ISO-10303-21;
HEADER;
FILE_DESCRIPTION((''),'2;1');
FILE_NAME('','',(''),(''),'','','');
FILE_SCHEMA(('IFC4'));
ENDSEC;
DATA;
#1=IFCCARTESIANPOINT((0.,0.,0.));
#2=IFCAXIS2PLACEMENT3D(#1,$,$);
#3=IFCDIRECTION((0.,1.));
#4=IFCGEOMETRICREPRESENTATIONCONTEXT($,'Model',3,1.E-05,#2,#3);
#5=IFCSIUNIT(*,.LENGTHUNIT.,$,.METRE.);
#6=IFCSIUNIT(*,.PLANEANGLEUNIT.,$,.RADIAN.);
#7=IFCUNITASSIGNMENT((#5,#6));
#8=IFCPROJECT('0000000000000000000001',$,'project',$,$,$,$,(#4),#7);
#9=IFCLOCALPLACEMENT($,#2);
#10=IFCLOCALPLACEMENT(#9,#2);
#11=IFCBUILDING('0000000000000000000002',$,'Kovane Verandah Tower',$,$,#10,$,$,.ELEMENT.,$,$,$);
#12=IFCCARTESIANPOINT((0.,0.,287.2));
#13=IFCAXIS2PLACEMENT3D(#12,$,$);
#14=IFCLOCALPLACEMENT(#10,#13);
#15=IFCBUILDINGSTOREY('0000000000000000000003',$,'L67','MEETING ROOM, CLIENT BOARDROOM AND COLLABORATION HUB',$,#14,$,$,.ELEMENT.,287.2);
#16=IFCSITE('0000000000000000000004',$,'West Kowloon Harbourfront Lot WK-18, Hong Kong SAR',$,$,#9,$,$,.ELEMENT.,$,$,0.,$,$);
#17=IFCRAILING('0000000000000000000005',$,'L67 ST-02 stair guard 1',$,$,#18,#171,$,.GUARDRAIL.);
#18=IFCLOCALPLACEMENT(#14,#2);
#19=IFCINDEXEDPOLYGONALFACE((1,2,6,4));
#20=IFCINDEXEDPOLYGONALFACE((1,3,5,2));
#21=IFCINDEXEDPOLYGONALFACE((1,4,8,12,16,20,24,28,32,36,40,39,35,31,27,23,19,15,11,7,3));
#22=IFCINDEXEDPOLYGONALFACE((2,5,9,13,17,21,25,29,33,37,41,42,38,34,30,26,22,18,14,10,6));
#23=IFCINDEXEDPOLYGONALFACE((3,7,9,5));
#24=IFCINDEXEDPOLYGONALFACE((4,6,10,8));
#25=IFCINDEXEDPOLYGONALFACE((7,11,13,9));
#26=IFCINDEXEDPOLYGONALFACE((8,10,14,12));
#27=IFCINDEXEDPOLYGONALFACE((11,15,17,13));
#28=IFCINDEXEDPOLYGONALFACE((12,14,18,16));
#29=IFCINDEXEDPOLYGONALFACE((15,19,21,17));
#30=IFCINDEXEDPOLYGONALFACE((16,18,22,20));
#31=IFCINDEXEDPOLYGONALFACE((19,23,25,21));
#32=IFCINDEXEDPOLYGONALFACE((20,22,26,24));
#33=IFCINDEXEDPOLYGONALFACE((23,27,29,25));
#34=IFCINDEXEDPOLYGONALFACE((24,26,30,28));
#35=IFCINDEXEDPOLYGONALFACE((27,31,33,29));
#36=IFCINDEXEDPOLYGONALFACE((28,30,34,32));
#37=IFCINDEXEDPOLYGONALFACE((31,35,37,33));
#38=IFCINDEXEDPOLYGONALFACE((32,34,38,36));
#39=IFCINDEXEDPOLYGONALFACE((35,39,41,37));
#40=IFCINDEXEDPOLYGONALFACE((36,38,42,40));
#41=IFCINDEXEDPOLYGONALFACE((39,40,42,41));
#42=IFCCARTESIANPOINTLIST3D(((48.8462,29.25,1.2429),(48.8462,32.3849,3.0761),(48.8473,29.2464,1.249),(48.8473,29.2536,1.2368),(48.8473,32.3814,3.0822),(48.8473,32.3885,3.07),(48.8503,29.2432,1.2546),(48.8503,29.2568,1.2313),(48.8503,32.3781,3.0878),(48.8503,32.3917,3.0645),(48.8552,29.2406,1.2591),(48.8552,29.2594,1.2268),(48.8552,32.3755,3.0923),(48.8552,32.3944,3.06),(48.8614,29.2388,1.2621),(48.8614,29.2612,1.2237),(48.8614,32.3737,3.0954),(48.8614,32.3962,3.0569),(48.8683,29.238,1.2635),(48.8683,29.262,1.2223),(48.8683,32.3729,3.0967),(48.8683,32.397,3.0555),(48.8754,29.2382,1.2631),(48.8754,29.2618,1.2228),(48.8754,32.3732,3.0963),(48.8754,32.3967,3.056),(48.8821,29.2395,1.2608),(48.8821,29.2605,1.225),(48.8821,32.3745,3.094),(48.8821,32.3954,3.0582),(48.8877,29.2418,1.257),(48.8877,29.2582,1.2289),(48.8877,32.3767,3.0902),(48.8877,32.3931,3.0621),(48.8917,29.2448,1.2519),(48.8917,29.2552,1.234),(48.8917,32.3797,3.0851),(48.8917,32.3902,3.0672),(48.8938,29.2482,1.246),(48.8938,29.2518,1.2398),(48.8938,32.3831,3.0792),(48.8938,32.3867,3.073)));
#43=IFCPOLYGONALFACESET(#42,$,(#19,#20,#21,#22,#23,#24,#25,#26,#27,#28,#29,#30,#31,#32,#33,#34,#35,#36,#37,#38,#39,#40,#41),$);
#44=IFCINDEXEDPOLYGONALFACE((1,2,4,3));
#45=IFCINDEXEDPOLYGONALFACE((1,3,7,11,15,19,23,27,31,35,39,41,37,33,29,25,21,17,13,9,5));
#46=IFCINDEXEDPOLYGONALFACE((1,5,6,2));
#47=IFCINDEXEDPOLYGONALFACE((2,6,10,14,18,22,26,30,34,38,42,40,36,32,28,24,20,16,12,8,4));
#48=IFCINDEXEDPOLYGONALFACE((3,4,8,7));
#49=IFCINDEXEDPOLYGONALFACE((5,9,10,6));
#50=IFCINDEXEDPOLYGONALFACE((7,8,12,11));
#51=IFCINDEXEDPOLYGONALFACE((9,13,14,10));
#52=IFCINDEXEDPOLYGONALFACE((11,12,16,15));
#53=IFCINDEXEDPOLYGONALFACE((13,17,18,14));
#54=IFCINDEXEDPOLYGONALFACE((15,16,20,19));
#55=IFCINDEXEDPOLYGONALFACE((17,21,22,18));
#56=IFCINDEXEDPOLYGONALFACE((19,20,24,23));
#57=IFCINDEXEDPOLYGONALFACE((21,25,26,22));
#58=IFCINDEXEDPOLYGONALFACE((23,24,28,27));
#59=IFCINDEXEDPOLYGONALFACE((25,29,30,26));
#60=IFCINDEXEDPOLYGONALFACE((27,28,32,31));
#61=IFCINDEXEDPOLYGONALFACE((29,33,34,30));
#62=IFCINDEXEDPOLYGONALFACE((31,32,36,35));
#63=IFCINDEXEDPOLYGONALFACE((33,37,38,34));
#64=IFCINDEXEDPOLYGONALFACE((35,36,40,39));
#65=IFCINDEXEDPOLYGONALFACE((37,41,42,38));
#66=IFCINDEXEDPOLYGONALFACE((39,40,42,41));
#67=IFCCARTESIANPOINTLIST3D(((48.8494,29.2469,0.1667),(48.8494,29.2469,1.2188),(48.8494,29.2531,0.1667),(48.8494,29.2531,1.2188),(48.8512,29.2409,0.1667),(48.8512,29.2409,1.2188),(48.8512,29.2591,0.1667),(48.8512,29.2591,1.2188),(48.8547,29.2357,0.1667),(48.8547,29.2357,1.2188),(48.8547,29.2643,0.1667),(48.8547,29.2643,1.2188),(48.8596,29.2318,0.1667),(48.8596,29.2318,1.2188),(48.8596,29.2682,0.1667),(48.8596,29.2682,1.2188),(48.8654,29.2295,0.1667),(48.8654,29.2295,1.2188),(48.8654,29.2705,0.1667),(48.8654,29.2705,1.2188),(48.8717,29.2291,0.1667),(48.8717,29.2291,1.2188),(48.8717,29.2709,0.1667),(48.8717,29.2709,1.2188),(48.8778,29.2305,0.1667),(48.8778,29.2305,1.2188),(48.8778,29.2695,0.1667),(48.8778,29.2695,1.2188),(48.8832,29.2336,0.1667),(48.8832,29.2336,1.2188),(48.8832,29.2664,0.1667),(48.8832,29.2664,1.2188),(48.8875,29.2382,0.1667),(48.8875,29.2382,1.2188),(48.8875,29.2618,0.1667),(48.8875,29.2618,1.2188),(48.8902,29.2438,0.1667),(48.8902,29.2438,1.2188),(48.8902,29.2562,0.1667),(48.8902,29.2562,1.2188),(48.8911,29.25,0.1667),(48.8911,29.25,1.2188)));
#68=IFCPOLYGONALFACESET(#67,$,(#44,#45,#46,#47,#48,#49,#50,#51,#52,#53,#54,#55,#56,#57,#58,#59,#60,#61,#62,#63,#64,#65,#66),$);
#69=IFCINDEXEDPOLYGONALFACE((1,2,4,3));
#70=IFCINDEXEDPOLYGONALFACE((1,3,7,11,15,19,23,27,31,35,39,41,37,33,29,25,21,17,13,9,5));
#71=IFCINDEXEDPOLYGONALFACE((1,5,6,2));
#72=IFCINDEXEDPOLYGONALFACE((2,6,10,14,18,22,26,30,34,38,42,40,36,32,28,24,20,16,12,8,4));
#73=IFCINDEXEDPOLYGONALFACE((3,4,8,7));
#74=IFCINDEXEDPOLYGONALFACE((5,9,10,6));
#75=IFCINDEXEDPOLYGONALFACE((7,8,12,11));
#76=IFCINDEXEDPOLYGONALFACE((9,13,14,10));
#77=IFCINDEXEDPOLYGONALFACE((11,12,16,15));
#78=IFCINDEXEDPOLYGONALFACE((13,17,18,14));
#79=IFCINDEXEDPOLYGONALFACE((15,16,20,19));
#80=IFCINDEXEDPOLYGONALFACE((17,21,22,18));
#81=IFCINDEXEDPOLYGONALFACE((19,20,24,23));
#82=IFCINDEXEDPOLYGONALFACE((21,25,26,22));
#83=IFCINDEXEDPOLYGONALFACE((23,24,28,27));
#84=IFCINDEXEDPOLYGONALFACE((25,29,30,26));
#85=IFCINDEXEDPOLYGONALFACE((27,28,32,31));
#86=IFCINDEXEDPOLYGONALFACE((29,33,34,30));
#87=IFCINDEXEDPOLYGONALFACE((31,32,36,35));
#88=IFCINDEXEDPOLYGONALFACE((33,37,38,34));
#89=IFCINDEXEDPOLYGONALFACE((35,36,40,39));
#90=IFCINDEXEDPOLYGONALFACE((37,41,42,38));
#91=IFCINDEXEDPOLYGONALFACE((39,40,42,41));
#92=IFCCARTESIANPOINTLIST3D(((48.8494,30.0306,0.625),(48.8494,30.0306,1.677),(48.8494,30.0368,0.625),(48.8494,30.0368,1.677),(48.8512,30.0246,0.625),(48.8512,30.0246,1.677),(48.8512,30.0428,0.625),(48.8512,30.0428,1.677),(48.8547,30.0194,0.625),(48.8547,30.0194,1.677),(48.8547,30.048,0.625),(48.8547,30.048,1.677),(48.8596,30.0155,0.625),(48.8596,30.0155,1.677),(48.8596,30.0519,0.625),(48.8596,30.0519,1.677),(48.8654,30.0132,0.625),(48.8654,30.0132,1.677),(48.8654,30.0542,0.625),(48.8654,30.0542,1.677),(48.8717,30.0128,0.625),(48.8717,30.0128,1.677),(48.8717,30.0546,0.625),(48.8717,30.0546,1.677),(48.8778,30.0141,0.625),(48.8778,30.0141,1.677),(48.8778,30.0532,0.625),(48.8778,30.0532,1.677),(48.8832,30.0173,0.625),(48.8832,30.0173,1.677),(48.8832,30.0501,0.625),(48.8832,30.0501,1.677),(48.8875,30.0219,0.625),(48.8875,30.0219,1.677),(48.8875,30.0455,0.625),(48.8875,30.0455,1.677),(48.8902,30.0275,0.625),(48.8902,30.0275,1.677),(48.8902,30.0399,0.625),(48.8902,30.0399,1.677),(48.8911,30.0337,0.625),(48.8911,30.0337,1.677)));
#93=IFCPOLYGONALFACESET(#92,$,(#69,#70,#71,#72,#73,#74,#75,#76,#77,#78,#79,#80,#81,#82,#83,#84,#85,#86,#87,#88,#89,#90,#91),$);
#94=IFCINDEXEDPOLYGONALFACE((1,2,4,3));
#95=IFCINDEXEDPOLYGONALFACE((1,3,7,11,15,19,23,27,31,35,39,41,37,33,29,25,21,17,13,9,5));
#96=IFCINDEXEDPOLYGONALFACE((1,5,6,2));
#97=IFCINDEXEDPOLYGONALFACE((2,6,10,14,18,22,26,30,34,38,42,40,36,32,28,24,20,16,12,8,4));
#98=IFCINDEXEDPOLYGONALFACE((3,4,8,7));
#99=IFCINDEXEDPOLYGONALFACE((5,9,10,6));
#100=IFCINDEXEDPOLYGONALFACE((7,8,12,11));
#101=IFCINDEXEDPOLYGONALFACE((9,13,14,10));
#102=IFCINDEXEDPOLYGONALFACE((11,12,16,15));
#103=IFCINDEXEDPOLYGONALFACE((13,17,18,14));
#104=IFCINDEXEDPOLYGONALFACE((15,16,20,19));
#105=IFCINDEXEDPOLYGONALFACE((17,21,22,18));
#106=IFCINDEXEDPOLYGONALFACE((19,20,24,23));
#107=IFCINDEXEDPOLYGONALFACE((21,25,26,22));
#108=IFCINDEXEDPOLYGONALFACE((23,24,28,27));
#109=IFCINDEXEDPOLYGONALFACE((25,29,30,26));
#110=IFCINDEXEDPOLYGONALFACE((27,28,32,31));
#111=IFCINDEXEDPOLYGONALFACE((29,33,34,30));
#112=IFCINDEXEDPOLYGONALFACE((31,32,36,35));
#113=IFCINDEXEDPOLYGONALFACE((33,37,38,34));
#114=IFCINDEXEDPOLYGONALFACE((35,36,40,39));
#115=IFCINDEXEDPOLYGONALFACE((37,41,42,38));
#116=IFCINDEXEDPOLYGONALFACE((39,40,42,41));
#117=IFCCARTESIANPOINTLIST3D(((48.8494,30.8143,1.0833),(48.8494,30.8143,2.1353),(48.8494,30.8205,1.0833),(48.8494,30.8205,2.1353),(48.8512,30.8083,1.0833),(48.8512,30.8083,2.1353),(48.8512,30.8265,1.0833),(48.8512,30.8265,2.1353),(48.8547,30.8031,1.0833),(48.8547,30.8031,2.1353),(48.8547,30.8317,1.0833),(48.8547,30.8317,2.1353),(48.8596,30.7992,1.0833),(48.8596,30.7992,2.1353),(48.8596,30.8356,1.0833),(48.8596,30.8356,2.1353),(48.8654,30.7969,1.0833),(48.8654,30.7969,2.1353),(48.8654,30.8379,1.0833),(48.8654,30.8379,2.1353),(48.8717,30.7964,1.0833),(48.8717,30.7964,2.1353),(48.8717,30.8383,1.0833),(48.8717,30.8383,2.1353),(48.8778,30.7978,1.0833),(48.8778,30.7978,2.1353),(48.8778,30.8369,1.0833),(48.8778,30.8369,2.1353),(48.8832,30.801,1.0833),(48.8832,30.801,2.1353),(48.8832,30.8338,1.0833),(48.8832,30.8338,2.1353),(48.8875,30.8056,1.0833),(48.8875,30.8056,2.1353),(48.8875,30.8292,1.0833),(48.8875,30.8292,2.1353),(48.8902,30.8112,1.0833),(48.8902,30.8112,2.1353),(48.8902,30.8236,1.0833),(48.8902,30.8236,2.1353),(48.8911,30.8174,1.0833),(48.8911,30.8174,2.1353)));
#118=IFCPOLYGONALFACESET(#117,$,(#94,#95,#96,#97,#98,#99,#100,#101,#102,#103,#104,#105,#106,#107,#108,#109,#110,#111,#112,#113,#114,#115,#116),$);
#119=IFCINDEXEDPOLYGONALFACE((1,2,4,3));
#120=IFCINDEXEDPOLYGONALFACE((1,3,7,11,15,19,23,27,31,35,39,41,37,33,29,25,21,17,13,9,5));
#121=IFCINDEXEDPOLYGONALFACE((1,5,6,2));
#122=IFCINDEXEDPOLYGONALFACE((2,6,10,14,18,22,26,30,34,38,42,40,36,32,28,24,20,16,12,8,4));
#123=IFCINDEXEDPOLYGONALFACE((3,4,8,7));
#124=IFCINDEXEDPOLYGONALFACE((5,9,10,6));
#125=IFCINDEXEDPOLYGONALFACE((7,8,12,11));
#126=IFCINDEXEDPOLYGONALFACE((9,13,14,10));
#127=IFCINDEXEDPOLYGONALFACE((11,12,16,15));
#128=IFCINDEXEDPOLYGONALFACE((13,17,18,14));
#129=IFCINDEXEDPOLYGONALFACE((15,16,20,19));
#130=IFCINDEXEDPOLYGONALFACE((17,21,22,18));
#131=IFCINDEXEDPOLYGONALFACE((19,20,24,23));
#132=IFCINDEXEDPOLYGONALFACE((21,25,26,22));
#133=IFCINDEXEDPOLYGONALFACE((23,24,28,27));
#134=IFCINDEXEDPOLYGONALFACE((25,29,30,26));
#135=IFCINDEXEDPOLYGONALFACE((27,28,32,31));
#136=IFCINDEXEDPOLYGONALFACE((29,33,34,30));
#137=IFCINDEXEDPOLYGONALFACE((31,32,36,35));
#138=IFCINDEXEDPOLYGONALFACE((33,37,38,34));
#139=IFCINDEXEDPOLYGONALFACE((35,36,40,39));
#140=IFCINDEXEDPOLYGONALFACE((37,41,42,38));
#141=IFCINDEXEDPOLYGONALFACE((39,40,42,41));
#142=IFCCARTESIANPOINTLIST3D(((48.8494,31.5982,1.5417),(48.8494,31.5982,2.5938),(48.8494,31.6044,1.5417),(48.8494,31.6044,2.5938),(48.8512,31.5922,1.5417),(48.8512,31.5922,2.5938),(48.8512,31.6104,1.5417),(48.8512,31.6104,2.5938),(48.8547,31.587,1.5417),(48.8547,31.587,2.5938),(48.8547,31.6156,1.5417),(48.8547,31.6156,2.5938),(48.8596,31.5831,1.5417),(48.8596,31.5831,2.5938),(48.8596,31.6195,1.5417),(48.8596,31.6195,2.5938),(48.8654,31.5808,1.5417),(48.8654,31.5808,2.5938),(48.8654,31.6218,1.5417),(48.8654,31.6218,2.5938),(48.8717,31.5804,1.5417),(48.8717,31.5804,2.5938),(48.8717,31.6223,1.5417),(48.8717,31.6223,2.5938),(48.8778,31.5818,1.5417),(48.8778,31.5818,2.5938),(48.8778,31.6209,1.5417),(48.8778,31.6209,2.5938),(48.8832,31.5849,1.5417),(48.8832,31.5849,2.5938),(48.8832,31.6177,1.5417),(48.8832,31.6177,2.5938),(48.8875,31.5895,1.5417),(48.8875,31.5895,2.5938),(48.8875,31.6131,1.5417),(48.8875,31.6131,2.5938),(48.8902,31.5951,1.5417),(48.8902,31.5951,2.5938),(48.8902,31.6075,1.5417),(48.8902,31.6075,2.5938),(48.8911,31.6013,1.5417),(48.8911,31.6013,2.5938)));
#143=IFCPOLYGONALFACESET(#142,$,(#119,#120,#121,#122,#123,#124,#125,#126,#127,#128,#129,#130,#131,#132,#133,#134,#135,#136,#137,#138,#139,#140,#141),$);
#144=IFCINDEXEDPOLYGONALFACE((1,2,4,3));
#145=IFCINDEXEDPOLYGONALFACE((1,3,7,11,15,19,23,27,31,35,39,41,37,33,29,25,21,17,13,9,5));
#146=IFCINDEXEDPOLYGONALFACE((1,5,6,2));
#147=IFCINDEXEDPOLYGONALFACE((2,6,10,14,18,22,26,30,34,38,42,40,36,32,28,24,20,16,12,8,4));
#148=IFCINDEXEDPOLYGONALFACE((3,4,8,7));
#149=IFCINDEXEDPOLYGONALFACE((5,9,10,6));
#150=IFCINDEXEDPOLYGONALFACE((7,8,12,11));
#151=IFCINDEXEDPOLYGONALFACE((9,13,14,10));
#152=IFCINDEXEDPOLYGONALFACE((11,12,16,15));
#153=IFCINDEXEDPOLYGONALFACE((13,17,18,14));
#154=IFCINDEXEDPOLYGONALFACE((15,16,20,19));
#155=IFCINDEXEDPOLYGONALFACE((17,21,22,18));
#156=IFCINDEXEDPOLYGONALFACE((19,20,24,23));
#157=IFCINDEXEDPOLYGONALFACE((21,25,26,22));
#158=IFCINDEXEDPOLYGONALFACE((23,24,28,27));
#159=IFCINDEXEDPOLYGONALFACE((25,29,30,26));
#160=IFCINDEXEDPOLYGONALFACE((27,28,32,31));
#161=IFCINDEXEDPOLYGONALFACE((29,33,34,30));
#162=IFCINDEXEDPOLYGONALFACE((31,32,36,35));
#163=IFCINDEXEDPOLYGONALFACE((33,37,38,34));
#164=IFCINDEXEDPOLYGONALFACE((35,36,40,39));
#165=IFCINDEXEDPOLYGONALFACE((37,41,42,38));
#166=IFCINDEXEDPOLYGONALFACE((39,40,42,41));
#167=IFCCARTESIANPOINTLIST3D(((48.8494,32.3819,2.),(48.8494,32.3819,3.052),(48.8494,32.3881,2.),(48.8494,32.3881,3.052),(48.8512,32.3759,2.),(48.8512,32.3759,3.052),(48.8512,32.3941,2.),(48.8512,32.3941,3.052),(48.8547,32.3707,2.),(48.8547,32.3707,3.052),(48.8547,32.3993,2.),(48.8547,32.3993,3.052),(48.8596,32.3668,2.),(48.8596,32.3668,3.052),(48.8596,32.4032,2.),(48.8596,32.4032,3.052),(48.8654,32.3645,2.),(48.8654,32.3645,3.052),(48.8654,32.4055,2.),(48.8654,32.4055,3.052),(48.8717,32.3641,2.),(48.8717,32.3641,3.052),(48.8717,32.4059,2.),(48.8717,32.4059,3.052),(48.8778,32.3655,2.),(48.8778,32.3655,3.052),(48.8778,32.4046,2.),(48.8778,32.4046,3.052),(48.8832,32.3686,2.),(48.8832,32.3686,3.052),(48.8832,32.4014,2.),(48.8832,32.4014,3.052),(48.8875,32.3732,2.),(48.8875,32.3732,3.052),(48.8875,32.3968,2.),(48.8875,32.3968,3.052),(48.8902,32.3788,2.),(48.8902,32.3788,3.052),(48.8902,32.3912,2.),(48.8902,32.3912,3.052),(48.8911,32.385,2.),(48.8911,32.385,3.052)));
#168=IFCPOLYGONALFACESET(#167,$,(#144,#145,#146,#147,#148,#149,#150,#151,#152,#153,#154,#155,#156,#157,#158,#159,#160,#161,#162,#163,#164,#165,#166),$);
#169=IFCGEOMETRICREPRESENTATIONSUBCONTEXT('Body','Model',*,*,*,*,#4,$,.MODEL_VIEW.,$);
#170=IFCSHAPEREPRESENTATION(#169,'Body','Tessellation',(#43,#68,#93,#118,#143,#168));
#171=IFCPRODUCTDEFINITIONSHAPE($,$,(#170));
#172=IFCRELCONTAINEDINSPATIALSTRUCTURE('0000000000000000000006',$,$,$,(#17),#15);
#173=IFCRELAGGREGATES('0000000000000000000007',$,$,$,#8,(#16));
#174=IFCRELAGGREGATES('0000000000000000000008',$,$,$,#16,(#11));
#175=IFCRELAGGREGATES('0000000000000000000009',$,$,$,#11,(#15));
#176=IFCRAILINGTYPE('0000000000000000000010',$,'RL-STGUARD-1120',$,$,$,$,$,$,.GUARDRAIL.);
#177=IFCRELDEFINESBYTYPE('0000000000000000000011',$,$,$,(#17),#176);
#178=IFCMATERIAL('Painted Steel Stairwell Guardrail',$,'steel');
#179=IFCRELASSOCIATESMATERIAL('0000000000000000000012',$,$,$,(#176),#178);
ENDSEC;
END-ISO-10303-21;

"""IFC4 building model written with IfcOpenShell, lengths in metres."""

from ifc_helpers import new_model, si_unit, direction, frame, origin, origin_2d, place, context, subcontext, project, spatial, circle, extrude, material, type_object, element, save


model = new_model("IFC4")

# Units and contexts
model_context = context("Model", 3, precision=1e-05, world=origin(), true_north=direction((0.0, 1.0)))
body_context = subcontext(model_context, "Body", "Model", "MODEL_VIEW")
ifc_project = project(units=[si_unit("LENGTHUNIT", "METRE"), si_unit("PLANEANGLEUNIT", "RADIAN")], contexts=[model_context])

# Site, building, storey
site_placement = place(None, origin())
site = spatial("IfcSite", under=ifc_project, at=site_placement, Name="West Kowloon Harbourfront Lot WK-18, Hong Kong SAR", CompositionType="ELEMENT", RefElevation=0.0)
building_placement = place(site_placement, origin())
building = spatial("IfcBuilding", under=site, at=building_placement, Name="Kovane Verandah Tower", CompositionType="ELEMENT")
storey_placement = place(building_placement, frame((0.0, 0.0, 287.2)))
storey = spatial("IfcBuildingStorey", under=building, at=storey_placement, Name="L67", Description="MEETING ROOM, CLIENT BOARDROOM AND COLLABORATION HUB", CompositionType="ELEMENT", Elevation=287.2)

# Railing
ifc_material_1 = material(Name="Painted Steel Stairwell Guardrail", Category="steel")
railing_type_1 = type_object("IfcRailingType", Name="RL-STGUARD-1120", PredefinedType="GUARDRAIL", material=ifc_material_1)
railing_1_placement = place(storey_placement, frame((48.8701, 29.25, 0.1667)))
element("IfcRailing", 1, at=railing_1_placement, inside=storey, type_object=railing_type_1, Name="L67 ST-02 stair guard 1", PredefinedType="GUARDRAIL", context=body_context, shape_type="SweptSolid", body=[
    extrude(circle(Radius=0.0239, at=origin_2d()), frame((0.0, 0.0, 1.0762), z_axis=(0.0, 0.86324, 0.504794), x_axis=(-1.0, 0.0, 0.0)), (0.0, 0.0, 1.0), 3.6316),
    extrude(circle(Radius=0.021, at=origin_2d()), origin(), (0.0, 0.0, 1.0), 1.052),
    extrude(circle(Radius=0.021, at=origin_2d()), frame((0.0, 0.7837, 0.4583)), (0.0, 0.0, 1.0), 1.052),
    extrude(circle(Radius=0.021, at=origin_2d()), frame((0.0, 1.5674, 0.9165)), (0.0, 0.0, 1.0), 1.052),
    extrude(circle(Radius=0.021, at=origin_2d()), frame((0.0, 2.3513, 1.375)), (0.0, 0.0, 1.0), 1.052),
    extrude(circle(Radius=0.021, at=origin_2d()), frame((0.0, 3.135, 1.8333)), (0.0, 0.0, 1.0), 1.052),
])

save(model, "model.ifc")
